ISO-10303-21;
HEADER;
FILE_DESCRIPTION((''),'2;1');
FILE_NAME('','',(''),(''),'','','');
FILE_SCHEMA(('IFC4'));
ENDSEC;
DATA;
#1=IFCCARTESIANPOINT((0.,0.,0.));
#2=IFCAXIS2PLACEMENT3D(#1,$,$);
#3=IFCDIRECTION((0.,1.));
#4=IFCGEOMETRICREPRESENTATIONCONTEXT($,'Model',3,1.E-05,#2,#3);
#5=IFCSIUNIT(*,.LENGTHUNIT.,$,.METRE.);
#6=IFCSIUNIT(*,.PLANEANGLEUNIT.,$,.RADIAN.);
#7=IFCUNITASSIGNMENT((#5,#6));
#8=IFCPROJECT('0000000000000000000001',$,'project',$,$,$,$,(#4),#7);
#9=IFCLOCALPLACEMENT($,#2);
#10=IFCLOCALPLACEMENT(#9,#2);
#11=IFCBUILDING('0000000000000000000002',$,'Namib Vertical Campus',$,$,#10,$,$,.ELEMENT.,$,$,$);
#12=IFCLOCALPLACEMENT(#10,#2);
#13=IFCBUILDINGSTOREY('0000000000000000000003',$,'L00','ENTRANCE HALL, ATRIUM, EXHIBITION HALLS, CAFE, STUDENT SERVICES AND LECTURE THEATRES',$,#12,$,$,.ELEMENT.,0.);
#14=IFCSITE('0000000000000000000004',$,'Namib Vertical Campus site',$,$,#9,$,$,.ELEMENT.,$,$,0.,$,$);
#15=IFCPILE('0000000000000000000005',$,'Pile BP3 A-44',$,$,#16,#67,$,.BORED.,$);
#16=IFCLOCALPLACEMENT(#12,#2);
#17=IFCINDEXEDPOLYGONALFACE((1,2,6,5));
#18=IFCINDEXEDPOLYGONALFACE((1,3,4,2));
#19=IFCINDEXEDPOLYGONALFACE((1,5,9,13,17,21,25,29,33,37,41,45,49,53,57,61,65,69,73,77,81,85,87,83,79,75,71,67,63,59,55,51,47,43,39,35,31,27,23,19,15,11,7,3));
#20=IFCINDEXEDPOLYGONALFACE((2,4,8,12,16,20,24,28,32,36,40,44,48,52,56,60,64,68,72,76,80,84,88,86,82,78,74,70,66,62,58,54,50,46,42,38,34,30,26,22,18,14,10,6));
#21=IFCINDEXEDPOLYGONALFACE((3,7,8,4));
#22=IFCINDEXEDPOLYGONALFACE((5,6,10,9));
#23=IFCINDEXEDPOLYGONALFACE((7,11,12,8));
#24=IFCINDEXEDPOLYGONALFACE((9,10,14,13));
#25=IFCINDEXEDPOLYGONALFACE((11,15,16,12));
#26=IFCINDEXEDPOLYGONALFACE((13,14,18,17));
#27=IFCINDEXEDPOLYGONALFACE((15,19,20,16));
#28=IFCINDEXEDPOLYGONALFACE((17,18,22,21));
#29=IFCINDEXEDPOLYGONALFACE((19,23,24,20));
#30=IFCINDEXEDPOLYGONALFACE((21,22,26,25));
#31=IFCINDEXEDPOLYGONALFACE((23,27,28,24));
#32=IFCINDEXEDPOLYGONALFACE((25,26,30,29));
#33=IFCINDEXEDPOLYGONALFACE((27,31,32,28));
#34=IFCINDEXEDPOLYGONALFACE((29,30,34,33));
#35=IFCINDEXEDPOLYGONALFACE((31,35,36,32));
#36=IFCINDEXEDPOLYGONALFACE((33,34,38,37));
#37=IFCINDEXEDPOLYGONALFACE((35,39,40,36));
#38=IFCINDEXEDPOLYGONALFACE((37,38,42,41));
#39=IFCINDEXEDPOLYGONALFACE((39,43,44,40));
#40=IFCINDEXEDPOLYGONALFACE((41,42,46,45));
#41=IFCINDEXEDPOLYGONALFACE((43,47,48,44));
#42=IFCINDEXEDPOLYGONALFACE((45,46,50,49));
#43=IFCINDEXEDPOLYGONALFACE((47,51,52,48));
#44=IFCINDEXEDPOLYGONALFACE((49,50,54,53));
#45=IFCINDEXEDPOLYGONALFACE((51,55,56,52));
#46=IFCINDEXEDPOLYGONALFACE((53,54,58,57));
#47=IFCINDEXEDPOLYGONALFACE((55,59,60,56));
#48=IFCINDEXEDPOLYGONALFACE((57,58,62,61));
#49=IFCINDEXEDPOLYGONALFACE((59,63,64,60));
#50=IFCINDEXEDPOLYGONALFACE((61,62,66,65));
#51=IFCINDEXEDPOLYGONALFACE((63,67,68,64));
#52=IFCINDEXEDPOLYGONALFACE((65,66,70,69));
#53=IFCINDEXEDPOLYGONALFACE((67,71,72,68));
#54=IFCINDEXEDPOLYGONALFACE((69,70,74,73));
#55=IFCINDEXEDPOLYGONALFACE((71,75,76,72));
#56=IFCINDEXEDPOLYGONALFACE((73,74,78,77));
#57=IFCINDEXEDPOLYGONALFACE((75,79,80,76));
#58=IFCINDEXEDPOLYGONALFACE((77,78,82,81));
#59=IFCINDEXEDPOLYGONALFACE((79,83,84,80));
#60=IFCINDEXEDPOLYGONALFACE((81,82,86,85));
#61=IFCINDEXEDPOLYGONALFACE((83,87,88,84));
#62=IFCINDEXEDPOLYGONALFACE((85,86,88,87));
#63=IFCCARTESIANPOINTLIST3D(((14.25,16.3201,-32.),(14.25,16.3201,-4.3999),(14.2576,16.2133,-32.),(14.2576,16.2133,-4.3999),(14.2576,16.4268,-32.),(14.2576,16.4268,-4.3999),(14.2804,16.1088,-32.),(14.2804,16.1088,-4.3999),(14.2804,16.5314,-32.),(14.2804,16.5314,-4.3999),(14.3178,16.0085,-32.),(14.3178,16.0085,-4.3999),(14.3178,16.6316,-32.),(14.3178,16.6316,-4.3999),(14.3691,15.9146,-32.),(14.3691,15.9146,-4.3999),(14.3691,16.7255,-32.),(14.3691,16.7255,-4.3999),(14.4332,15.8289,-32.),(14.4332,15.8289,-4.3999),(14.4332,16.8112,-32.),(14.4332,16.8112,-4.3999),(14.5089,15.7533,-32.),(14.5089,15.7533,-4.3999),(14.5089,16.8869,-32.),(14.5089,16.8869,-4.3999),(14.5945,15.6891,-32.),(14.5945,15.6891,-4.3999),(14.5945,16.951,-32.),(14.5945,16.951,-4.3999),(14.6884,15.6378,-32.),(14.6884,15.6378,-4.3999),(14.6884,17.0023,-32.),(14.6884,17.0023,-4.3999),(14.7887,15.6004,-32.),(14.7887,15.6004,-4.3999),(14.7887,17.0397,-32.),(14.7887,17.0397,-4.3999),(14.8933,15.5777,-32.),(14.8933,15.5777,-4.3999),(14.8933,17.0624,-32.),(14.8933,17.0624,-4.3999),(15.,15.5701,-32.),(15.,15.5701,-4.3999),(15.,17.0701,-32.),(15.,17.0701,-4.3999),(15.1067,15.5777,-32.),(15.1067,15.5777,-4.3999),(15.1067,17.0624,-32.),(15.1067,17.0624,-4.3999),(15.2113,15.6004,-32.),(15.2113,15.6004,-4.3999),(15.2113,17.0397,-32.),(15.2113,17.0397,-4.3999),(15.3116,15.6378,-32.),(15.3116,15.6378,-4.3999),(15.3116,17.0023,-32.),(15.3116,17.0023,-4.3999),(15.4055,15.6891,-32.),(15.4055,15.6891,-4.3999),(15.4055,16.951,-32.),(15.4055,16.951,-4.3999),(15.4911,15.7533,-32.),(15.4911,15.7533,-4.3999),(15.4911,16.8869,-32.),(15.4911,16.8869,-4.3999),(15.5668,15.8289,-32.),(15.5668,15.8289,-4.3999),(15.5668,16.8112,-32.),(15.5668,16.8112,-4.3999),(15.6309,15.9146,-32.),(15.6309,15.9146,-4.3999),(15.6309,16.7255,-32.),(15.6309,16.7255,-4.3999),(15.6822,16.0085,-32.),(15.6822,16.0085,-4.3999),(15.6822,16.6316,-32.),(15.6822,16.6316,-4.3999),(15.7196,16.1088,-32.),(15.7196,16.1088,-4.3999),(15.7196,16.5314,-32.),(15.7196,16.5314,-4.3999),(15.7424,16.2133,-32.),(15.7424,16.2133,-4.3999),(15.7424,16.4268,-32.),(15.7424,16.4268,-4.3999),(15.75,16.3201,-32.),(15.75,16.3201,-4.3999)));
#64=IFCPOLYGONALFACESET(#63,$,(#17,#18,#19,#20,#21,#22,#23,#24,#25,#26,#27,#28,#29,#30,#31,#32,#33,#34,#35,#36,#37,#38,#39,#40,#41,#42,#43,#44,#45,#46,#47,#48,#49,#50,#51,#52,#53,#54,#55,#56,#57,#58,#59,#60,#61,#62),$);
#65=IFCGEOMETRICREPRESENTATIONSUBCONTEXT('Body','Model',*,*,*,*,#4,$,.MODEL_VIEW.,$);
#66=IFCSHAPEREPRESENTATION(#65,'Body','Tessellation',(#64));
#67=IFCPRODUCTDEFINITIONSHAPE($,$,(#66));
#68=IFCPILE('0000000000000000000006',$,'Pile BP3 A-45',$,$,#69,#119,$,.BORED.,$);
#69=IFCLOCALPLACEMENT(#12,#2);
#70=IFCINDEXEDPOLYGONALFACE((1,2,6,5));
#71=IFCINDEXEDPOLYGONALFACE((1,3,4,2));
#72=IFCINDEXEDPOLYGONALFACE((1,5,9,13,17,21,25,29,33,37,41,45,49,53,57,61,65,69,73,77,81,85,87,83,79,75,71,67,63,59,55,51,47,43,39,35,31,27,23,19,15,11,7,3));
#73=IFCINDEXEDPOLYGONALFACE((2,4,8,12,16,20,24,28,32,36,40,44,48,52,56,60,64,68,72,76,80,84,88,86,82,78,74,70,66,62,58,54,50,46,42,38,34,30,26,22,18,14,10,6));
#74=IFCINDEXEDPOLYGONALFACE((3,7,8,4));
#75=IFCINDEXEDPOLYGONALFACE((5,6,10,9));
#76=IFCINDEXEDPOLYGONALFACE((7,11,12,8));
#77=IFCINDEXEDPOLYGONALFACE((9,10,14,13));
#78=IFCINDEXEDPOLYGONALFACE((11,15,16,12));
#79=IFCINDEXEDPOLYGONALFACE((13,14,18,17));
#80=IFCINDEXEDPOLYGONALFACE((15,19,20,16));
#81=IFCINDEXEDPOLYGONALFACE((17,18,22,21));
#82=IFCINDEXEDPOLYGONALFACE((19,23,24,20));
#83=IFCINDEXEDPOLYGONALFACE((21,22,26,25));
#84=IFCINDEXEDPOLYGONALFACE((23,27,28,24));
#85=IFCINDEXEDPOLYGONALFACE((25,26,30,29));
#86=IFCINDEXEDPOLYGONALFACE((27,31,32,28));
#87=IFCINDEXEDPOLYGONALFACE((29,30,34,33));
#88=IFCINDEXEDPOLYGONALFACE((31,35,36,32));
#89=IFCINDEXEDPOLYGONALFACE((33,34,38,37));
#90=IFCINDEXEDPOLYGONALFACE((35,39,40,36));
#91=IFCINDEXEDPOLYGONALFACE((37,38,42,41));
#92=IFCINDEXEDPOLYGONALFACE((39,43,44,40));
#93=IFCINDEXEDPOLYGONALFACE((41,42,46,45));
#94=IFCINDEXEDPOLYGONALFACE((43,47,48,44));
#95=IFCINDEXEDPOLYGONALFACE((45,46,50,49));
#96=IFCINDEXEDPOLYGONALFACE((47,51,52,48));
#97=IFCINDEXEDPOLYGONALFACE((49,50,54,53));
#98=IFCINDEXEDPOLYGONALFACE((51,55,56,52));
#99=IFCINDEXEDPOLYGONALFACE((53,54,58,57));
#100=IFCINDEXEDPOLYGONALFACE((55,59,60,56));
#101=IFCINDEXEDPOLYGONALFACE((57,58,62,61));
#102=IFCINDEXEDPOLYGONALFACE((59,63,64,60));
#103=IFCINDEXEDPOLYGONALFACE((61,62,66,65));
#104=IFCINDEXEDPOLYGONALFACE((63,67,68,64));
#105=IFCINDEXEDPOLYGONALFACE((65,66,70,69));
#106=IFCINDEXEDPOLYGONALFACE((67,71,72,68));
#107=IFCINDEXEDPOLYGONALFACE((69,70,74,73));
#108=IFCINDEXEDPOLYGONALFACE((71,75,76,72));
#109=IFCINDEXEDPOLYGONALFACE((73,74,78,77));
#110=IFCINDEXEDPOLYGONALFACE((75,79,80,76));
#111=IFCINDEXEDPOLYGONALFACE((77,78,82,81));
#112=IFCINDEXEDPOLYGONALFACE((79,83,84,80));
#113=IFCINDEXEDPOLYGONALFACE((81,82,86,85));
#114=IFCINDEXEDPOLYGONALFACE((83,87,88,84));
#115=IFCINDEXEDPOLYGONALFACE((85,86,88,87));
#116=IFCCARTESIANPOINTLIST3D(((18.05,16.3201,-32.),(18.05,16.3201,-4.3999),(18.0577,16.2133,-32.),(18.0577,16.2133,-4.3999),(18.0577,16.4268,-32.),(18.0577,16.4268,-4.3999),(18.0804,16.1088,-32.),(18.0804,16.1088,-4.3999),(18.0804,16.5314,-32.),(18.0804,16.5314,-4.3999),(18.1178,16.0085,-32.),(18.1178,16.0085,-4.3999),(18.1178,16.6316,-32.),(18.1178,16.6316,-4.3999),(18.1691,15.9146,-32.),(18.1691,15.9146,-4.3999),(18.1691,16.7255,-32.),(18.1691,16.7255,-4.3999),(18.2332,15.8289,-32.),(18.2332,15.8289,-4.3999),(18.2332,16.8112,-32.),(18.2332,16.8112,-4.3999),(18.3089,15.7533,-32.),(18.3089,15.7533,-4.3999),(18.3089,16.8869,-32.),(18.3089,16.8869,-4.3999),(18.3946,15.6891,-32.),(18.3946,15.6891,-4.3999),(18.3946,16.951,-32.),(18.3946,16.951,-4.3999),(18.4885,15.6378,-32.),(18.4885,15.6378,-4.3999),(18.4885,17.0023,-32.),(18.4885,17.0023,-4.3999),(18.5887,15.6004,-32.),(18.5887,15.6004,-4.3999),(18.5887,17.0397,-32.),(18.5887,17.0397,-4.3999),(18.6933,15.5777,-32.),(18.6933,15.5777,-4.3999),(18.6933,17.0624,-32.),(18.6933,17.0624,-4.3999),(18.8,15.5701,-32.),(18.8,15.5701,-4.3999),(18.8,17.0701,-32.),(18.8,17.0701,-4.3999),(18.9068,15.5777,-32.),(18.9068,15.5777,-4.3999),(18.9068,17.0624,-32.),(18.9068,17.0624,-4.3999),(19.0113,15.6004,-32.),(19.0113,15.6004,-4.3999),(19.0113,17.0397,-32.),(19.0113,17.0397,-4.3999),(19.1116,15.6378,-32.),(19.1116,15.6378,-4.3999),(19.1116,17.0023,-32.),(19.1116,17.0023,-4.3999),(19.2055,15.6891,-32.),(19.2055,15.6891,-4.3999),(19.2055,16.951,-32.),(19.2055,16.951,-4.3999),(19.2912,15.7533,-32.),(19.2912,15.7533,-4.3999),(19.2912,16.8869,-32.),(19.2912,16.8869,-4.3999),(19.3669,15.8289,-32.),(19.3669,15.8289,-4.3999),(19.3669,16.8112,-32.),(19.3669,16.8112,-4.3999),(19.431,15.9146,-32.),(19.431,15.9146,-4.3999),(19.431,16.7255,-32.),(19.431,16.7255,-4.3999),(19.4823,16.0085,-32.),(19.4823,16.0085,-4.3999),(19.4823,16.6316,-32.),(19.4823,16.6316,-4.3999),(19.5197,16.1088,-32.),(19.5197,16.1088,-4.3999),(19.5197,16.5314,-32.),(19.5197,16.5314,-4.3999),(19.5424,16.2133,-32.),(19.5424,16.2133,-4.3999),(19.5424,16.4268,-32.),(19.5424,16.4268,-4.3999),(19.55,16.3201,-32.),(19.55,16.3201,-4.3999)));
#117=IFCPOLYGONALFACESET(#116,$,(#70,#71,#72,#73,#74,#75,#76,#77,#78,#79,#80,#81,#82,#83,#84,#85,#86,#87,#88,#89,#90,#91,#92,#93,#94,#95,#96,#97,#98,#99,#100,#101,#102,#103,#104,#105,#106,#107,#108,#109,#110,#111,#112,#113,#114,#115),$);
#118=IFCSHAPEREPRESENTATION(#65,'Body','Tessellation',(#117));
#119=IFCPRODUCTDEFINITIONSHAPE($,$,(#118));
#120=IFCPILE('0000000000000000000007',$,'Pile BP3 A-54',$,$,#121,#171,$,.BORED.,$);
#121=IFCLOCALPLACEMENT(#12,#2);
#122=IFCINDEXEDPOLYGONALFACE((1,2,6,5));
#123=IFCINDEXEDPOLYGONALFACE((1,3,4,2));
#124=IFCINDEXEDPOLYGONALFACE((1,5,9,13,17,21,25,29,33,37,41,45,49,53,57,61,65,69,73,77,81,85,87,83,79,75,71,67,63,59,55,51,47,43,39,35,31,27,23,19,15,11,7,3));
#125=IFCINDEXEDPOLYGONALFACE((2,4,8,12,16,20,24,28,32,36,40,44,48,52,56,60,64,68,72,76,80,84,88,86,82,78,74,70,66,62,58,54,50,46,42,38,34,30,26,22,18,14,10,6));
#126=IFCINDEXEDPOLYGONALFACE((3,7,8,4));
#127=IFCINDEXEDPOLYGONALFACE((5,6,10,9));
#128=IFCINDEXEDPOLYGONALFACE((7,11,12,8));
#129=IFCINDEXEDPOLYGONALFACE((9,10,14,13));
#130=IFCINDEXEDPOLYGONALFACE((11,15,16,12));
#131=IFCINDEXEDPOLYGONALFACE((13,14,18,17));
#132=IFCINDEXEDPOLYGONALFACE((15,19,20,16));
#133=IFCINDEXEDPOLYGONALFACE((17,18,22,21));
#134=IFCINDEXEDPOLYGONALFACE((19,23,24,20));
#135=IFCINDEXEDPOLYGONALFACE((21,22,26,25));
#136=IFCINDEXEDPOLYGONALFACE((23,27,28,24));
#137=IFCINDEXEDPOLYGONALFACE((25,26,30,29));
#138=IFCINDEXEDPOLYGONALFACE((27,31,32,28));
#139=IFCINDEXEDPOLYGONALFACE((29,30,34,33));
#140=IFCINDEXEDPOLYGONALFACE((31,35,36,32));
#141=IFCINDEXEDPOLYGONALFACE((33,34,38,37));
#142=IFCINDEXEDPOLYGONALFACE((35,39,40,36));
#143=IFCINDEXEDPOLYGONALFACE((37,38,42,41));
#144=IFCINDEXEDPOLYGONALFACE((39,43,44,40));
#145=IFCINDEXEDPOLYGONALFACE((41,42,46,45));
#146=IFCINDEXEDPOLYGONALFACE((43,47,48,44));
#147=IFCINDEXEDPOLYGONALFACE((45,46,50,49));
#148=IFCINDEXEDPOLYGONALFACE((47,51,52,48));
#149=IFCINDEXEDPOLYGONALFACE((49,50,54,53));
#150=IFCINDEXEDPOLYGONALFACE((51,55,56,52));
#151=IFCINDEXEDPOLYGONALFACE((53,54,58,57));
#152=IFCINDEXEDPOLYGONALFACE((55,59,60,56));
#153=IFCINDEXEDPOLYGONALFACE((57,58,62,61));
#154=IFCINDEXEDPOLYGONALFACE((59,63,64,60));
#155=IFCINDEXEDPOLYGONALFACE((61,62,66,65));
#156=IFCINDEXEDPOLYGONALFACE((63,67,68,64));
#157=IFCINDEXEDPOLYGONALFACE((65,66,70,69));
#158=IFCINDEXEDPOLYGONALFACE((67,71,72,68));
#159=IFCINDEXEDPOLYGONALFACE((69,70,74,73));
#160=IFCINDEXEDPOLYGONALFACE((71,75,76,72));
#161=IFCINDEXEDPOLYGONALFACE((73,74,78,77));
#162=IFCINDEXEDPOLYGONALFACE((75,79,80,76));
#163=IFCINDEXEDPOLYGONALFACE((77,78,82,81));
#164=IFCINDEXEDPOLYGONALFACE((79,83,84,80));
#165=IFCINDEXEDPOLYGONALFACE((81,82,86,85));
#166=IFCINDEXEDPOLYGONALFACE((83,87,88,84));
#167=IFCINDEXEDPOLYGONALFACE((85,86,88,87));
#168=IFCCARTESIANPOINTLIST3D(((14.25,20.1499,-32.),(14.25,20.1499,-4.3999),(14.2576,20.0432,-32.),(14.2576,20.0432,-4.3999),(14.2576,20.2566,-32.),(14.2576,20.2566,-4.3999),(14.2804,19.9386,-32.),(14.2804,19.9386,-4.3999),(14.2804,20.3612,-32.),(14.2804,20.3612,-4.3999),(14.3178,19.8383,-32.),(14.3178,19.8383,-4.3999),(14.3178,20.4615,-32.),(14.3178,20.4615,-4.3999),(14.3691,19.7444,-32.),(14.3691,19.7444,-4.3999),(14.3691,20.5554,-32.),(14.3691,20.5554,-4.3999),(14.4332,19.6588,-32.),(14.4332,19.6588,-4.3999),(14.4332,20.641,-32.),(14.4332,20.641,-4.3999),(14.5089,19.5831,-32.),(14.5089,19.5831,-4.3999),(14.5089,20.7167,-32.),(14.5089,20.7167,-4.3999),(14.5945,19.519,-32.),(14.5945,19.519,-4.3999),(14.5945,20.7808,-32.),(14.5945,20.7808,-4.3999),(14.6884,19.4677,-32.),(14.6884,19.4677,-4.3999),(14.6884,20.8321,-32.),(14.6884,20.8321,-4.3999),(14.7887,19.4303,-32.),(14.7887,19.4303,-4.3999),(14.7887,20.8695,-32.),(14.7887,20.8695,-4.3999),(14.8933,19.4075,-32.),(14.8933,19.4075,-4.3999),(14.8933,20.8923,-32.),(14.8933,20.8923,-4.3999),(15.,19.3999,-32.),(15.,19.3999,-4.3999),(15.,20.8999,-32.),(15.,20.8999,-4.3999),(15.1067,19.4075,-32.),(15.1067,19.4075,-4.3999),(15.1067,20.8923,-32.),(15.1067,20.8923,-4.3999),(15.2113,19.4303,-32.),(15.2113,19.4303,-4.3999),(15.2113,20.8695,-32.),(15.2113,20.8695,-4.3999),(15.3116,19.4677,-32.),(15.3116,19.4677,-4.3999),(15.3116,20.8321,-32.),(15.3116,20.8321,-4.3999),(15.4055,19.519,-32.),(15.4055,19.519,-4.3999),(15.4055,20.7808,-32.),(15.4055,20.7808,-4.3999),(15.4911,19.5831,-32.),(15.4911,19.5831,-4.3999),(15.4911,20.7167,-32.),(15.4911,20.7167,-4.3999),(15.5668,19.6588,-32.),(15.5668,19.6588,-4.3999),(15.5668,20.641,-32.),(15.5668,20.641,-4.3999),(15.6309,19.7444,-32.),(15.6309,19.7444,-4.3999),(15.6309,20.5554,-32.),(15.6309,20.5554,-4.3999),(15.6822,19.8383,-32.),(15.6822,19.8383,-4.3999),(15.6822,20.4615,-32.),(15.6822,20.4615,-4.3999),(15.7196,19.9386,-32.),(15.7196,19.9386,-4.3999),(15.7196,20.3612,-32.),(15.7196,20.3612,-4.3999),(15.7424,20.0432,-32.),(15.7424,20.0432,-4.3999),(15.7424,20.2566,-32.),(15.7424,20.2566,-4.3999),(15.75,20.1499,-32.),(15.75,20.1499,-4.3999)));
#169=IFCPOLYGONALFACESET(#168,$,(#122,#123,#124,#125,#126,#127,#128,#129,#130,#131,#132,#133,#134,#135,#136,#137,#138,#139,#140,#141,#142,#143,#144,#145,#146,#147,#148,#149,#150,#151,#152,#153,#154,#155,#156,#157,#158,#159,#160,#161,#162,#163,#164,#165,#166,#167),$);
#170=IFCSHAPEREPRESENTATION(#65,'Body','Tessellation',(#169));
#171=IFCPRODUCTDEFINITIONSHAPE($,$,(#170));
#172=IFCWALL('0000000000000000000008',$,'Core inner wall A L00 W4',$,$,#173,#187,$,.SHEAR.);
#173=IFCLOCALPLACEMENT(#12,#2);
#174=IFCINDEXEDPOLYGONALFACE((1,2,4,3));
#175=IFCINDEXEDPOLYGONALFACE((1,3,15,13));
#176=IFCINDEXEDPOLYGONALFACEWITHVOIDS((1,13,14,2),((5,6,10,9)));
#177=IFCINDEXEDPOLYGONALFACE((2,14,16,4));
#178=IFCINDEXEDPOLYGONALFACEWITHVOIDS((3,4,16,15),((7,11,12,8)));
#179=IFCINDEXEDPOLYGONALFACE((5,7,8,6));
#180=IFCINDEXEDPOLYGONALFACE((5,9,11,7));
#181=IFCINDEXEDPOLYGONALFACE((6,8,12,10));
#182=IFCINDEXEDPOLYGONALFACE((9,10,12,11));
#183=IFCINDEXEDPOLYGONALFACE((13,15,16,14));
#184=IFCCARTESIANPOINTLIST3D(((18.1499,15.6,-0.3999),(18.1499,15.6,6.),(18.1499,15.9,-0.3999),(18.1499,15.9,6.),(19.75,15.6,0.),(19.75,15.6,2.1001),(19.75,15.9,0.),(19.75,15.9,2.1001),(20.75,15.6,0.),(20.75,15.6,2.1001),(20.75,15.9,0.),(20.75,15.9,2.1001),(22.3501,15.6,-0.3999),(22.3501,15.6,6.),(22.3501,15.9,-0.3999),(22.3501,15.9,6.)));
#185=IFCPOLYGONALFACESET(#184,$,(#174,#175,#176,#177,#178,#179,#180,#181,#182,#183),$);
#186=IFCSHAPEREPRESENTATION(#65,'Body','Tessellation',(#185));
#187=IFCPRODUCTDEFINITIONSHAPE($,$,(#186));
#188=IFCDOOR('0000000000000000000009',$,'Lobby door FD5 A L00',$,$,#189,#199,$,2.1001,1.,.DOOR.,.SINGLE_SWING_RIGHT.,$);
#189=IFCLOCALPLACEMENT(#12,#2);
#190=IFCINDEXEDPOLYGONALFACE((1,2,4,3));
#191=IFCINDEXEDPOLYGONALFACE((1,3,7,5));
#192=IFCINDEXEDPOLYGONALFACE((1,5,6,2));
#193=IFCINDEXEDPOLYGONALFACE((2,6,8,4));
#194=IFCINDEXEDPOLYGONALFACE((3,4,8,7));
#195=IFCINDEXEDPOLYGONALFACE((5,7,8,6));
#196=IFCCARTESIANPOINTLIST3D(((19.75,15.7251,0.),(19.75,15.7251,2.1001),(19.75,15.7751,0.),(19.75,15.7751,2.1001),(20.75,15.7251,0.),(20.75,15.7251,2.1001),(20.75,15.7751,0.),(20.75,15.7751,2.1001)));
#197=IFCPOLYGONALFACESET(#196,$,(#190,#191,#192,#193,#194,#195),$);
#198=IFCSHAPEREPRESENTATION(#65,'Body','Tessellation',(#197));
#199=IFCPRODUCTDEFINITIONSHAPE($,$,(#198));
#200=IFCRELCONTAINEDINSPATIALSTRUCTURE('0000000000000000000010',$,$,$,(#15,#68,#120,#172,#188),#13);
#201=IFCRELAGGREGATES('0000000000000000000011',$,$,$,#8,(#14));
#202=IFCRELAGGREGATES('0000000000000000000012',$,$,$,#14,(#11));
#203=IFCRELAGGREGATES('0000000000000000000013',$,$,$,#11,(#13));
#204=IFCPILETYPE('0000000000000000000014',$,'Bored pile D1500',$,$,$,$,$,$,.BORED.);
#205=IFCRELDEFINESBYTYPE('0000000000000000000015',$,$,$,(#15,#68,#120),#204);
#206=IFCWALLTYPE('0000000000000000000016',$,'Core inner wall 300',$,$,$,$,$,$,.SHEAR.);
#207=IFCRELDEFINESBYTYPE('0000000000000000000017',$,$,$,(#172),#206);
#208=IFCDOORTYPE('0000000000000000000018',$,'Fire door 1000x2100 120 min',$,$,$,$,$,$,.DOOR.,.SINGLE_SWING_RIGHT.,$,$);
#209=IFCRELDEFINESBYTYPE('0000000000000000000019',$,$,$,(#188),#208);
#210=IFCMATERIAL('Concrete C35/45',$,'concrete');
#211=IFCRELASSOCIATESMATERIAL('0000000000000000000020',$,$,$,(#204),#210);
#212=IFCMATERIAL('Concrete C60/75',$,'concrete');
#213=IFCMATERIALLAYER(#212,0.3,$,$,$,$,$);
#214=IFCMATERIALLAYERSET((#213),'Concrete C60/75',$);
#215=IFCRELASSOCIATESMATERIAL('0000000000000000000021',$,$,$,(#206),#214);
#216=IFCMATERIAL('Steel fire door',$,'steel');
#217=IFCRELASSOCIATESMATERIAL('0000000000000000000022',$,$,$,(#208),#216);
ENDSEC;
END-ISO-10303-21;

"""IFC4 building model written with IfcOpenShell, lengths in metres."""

from ifc_helpers import new_model, si_unit, direction, frame, frame_2d, origin, origin_2d, place, context, subcontext, project, spatial, rectangle, circle, extrude, material, layer, layer_set, material_profile, profile_set, type_object, element, fill, save


model = new_model("IFC4")

# Units and contexts
model_context = context("Model", 3, precision=1e-05, world=origin(), true_north=direction((0.0, 1.0)))
body_context = subcontext(model_context, "Body", "Model", "MODEL_VIEW")
ifc_project = project(units=[si_unit("LENGTHUNIT", "METRE"), si_unit("PLANEANGLEUNIT", "RADIAN")], contexts=[model_context])

# Site, building, storey
site_placement = place(None, origin())
site = spatial("IfcSite", under=ifc_project, at=site_placement, Name="Namib Vertical Campus site", CompositionType="ELEMENT", RefElevation=0.0)
building_placement = place(site_placement, origin())
building = spatial("IfcBuilding", under=site, at=building_placement, Name="Namib Vertical Campus", CompositionType="ELEMENT")
storey_placement = place(building_placement, origin())
storey = spatial("IfcBuildingStorey", under=building, at=storey_placement, Name="L00", Description="ENTRANCE HALL, ATRIUM, EXHIBITION HALLS, CAFE, STUDENT SERVICES AND LECTURE THEATRES", CompositionType="ELEMENT", Elevation=0.0)

# Piles
ifc_material_1 = material(Name="Concrete C35/45", Category="concrete")
ifc_material_profile = material_profile(ifc_material_1, circle(Radius=0.75, at=origin_2d()))
ifc_profile_set = profile_set([ifc_material_profile], Name="Concrete C35/45")
pile_type = type_object("IfcPileType", Name="Bored pile D1500", PredefinedType="BORED", material=ifc_profile_set)
for number, where, z_axis, x_axis, name in (
    (1, (15.0, 16.3201, -4.3999), (0.0, 0.0, -1.0), (1.0, 0.0, 0.0), "Pile BP3 A-44"),
    (2, (18.8, 16.3201, -4.3999), (0.0, 0.0, -1.0), (1.0, 0.0, 0.0), "Pile BP3 A-45"),
    (3, (15.0, 20.1499, -4.3999), (0.0, 0.0, -1.0), (1.0, 0.0, 0.0), "Pile BP3 A-54"),
):
    element("IfcPile", number, at=place(storey_placement, frame(where, z_axis=z_axis, x_axis=x_axis)), inside=storey, type_object=pile_type, Name=name, PredefinedType="BORED", context=body_context, shape_type="SweptSolid", body=[
        extrude(circle(Radius=0.75, at=origin_2d()), origin(), (0.0, 0.0, 1.0), 27.6001),
    ])

# Wall, opening, door
ifc_material_2 = material(Name="Concrete C60/75", Category="concrete")
ifc_layer_1 = layer(ifc_material_2, 0.3)
ifc_layer_set_1 = layer_set([ifc_layer_1], Name="Concrete C60/75")
wall_type_1 = type_object("IfcWallType", Name="Core inner wall 300", PredefinedType="SHEAR", material=ifc_layer_set_1)
wall_1_placement = place(storey_placement, frame((18.1499, 15.75, -0.3999), z_axis=(0.0, 0.0, 1.0), x_axis=(1.0, 0.0, 0.0)))
wall_1 = element("IfcWall", 4, at=wall_1_placement, inside=storey, type_object=wall_type_1, Name="Core inner wall A L00 W4", PredefinedType="SHEAR", context=body_context, shape_type="SweptSolid", body=[
    extrude(rectangle(XDim=4.2002, YDim=0.3, at=frame_2d((2.1001, 0.0))), origin(), (0.0, 0.0, 1.0), 6.3999),
])
opening_placement = place(wall_1_placement, frame((1.6001, 0.0, 0.3999)))
opening = element("IfcOpeningElement", 5, at=opening_placement, cuts=wall_1, PredefinedType="OPENING", context=body_context, shape_type="SweptSolid", body=[
    extrude(rectangle(XDim=1.0, YDim=2.1001, at=frame_2d((0.5, 1.05))), frame((0.0, 0.1599, 0.0), z_axis=(0.0, -1.0, 0.0), x_axis=(1.0, 0.0, 0.0)), (0.0, 0.0, 1.0), 0.3201),
])
ifc_material_3 = material(Name="Steel fire door", Category="steel")
door_type = type_object("IfcDoorType", Name="Fire door 1000x2100 120 min", OperationType="SINGLE_SWING_RIGHT", PredefinedType="DOOR", material=ifc_material_3)
door_placement = place(opening_placement, frame((1.0, 0.0, 0.0), z_axis=(0.0, 0.0, 1.0), x_axis=(-1.0, 0.0, 0.0)))
door = element("IfcDoor", 6, at=door_placement, inside=storey, type_object=door_type, Name="Lobby door FD5 A L00", OperationType="SINGLE_SWING_RIGHT", OverallHeight=2.1001, OverallWidth=1.0, PredefinedType="DOOR", context=body_context, shape_type="SweptSolid", body=[
    extrude(rectangle(XDim=1.0, YDim=2.1001, at=frame_2d((0.5, 1.05))), frame((0.0, 0.0249, 0.0), z_axis=(0.0, -1.0, 0.0), x_axis=(1.0, 0.0, 0.0)), (0.0, 0.0, 1.0), 0.05),
])
fill(opening, door)

save(model, "model.ifc")
